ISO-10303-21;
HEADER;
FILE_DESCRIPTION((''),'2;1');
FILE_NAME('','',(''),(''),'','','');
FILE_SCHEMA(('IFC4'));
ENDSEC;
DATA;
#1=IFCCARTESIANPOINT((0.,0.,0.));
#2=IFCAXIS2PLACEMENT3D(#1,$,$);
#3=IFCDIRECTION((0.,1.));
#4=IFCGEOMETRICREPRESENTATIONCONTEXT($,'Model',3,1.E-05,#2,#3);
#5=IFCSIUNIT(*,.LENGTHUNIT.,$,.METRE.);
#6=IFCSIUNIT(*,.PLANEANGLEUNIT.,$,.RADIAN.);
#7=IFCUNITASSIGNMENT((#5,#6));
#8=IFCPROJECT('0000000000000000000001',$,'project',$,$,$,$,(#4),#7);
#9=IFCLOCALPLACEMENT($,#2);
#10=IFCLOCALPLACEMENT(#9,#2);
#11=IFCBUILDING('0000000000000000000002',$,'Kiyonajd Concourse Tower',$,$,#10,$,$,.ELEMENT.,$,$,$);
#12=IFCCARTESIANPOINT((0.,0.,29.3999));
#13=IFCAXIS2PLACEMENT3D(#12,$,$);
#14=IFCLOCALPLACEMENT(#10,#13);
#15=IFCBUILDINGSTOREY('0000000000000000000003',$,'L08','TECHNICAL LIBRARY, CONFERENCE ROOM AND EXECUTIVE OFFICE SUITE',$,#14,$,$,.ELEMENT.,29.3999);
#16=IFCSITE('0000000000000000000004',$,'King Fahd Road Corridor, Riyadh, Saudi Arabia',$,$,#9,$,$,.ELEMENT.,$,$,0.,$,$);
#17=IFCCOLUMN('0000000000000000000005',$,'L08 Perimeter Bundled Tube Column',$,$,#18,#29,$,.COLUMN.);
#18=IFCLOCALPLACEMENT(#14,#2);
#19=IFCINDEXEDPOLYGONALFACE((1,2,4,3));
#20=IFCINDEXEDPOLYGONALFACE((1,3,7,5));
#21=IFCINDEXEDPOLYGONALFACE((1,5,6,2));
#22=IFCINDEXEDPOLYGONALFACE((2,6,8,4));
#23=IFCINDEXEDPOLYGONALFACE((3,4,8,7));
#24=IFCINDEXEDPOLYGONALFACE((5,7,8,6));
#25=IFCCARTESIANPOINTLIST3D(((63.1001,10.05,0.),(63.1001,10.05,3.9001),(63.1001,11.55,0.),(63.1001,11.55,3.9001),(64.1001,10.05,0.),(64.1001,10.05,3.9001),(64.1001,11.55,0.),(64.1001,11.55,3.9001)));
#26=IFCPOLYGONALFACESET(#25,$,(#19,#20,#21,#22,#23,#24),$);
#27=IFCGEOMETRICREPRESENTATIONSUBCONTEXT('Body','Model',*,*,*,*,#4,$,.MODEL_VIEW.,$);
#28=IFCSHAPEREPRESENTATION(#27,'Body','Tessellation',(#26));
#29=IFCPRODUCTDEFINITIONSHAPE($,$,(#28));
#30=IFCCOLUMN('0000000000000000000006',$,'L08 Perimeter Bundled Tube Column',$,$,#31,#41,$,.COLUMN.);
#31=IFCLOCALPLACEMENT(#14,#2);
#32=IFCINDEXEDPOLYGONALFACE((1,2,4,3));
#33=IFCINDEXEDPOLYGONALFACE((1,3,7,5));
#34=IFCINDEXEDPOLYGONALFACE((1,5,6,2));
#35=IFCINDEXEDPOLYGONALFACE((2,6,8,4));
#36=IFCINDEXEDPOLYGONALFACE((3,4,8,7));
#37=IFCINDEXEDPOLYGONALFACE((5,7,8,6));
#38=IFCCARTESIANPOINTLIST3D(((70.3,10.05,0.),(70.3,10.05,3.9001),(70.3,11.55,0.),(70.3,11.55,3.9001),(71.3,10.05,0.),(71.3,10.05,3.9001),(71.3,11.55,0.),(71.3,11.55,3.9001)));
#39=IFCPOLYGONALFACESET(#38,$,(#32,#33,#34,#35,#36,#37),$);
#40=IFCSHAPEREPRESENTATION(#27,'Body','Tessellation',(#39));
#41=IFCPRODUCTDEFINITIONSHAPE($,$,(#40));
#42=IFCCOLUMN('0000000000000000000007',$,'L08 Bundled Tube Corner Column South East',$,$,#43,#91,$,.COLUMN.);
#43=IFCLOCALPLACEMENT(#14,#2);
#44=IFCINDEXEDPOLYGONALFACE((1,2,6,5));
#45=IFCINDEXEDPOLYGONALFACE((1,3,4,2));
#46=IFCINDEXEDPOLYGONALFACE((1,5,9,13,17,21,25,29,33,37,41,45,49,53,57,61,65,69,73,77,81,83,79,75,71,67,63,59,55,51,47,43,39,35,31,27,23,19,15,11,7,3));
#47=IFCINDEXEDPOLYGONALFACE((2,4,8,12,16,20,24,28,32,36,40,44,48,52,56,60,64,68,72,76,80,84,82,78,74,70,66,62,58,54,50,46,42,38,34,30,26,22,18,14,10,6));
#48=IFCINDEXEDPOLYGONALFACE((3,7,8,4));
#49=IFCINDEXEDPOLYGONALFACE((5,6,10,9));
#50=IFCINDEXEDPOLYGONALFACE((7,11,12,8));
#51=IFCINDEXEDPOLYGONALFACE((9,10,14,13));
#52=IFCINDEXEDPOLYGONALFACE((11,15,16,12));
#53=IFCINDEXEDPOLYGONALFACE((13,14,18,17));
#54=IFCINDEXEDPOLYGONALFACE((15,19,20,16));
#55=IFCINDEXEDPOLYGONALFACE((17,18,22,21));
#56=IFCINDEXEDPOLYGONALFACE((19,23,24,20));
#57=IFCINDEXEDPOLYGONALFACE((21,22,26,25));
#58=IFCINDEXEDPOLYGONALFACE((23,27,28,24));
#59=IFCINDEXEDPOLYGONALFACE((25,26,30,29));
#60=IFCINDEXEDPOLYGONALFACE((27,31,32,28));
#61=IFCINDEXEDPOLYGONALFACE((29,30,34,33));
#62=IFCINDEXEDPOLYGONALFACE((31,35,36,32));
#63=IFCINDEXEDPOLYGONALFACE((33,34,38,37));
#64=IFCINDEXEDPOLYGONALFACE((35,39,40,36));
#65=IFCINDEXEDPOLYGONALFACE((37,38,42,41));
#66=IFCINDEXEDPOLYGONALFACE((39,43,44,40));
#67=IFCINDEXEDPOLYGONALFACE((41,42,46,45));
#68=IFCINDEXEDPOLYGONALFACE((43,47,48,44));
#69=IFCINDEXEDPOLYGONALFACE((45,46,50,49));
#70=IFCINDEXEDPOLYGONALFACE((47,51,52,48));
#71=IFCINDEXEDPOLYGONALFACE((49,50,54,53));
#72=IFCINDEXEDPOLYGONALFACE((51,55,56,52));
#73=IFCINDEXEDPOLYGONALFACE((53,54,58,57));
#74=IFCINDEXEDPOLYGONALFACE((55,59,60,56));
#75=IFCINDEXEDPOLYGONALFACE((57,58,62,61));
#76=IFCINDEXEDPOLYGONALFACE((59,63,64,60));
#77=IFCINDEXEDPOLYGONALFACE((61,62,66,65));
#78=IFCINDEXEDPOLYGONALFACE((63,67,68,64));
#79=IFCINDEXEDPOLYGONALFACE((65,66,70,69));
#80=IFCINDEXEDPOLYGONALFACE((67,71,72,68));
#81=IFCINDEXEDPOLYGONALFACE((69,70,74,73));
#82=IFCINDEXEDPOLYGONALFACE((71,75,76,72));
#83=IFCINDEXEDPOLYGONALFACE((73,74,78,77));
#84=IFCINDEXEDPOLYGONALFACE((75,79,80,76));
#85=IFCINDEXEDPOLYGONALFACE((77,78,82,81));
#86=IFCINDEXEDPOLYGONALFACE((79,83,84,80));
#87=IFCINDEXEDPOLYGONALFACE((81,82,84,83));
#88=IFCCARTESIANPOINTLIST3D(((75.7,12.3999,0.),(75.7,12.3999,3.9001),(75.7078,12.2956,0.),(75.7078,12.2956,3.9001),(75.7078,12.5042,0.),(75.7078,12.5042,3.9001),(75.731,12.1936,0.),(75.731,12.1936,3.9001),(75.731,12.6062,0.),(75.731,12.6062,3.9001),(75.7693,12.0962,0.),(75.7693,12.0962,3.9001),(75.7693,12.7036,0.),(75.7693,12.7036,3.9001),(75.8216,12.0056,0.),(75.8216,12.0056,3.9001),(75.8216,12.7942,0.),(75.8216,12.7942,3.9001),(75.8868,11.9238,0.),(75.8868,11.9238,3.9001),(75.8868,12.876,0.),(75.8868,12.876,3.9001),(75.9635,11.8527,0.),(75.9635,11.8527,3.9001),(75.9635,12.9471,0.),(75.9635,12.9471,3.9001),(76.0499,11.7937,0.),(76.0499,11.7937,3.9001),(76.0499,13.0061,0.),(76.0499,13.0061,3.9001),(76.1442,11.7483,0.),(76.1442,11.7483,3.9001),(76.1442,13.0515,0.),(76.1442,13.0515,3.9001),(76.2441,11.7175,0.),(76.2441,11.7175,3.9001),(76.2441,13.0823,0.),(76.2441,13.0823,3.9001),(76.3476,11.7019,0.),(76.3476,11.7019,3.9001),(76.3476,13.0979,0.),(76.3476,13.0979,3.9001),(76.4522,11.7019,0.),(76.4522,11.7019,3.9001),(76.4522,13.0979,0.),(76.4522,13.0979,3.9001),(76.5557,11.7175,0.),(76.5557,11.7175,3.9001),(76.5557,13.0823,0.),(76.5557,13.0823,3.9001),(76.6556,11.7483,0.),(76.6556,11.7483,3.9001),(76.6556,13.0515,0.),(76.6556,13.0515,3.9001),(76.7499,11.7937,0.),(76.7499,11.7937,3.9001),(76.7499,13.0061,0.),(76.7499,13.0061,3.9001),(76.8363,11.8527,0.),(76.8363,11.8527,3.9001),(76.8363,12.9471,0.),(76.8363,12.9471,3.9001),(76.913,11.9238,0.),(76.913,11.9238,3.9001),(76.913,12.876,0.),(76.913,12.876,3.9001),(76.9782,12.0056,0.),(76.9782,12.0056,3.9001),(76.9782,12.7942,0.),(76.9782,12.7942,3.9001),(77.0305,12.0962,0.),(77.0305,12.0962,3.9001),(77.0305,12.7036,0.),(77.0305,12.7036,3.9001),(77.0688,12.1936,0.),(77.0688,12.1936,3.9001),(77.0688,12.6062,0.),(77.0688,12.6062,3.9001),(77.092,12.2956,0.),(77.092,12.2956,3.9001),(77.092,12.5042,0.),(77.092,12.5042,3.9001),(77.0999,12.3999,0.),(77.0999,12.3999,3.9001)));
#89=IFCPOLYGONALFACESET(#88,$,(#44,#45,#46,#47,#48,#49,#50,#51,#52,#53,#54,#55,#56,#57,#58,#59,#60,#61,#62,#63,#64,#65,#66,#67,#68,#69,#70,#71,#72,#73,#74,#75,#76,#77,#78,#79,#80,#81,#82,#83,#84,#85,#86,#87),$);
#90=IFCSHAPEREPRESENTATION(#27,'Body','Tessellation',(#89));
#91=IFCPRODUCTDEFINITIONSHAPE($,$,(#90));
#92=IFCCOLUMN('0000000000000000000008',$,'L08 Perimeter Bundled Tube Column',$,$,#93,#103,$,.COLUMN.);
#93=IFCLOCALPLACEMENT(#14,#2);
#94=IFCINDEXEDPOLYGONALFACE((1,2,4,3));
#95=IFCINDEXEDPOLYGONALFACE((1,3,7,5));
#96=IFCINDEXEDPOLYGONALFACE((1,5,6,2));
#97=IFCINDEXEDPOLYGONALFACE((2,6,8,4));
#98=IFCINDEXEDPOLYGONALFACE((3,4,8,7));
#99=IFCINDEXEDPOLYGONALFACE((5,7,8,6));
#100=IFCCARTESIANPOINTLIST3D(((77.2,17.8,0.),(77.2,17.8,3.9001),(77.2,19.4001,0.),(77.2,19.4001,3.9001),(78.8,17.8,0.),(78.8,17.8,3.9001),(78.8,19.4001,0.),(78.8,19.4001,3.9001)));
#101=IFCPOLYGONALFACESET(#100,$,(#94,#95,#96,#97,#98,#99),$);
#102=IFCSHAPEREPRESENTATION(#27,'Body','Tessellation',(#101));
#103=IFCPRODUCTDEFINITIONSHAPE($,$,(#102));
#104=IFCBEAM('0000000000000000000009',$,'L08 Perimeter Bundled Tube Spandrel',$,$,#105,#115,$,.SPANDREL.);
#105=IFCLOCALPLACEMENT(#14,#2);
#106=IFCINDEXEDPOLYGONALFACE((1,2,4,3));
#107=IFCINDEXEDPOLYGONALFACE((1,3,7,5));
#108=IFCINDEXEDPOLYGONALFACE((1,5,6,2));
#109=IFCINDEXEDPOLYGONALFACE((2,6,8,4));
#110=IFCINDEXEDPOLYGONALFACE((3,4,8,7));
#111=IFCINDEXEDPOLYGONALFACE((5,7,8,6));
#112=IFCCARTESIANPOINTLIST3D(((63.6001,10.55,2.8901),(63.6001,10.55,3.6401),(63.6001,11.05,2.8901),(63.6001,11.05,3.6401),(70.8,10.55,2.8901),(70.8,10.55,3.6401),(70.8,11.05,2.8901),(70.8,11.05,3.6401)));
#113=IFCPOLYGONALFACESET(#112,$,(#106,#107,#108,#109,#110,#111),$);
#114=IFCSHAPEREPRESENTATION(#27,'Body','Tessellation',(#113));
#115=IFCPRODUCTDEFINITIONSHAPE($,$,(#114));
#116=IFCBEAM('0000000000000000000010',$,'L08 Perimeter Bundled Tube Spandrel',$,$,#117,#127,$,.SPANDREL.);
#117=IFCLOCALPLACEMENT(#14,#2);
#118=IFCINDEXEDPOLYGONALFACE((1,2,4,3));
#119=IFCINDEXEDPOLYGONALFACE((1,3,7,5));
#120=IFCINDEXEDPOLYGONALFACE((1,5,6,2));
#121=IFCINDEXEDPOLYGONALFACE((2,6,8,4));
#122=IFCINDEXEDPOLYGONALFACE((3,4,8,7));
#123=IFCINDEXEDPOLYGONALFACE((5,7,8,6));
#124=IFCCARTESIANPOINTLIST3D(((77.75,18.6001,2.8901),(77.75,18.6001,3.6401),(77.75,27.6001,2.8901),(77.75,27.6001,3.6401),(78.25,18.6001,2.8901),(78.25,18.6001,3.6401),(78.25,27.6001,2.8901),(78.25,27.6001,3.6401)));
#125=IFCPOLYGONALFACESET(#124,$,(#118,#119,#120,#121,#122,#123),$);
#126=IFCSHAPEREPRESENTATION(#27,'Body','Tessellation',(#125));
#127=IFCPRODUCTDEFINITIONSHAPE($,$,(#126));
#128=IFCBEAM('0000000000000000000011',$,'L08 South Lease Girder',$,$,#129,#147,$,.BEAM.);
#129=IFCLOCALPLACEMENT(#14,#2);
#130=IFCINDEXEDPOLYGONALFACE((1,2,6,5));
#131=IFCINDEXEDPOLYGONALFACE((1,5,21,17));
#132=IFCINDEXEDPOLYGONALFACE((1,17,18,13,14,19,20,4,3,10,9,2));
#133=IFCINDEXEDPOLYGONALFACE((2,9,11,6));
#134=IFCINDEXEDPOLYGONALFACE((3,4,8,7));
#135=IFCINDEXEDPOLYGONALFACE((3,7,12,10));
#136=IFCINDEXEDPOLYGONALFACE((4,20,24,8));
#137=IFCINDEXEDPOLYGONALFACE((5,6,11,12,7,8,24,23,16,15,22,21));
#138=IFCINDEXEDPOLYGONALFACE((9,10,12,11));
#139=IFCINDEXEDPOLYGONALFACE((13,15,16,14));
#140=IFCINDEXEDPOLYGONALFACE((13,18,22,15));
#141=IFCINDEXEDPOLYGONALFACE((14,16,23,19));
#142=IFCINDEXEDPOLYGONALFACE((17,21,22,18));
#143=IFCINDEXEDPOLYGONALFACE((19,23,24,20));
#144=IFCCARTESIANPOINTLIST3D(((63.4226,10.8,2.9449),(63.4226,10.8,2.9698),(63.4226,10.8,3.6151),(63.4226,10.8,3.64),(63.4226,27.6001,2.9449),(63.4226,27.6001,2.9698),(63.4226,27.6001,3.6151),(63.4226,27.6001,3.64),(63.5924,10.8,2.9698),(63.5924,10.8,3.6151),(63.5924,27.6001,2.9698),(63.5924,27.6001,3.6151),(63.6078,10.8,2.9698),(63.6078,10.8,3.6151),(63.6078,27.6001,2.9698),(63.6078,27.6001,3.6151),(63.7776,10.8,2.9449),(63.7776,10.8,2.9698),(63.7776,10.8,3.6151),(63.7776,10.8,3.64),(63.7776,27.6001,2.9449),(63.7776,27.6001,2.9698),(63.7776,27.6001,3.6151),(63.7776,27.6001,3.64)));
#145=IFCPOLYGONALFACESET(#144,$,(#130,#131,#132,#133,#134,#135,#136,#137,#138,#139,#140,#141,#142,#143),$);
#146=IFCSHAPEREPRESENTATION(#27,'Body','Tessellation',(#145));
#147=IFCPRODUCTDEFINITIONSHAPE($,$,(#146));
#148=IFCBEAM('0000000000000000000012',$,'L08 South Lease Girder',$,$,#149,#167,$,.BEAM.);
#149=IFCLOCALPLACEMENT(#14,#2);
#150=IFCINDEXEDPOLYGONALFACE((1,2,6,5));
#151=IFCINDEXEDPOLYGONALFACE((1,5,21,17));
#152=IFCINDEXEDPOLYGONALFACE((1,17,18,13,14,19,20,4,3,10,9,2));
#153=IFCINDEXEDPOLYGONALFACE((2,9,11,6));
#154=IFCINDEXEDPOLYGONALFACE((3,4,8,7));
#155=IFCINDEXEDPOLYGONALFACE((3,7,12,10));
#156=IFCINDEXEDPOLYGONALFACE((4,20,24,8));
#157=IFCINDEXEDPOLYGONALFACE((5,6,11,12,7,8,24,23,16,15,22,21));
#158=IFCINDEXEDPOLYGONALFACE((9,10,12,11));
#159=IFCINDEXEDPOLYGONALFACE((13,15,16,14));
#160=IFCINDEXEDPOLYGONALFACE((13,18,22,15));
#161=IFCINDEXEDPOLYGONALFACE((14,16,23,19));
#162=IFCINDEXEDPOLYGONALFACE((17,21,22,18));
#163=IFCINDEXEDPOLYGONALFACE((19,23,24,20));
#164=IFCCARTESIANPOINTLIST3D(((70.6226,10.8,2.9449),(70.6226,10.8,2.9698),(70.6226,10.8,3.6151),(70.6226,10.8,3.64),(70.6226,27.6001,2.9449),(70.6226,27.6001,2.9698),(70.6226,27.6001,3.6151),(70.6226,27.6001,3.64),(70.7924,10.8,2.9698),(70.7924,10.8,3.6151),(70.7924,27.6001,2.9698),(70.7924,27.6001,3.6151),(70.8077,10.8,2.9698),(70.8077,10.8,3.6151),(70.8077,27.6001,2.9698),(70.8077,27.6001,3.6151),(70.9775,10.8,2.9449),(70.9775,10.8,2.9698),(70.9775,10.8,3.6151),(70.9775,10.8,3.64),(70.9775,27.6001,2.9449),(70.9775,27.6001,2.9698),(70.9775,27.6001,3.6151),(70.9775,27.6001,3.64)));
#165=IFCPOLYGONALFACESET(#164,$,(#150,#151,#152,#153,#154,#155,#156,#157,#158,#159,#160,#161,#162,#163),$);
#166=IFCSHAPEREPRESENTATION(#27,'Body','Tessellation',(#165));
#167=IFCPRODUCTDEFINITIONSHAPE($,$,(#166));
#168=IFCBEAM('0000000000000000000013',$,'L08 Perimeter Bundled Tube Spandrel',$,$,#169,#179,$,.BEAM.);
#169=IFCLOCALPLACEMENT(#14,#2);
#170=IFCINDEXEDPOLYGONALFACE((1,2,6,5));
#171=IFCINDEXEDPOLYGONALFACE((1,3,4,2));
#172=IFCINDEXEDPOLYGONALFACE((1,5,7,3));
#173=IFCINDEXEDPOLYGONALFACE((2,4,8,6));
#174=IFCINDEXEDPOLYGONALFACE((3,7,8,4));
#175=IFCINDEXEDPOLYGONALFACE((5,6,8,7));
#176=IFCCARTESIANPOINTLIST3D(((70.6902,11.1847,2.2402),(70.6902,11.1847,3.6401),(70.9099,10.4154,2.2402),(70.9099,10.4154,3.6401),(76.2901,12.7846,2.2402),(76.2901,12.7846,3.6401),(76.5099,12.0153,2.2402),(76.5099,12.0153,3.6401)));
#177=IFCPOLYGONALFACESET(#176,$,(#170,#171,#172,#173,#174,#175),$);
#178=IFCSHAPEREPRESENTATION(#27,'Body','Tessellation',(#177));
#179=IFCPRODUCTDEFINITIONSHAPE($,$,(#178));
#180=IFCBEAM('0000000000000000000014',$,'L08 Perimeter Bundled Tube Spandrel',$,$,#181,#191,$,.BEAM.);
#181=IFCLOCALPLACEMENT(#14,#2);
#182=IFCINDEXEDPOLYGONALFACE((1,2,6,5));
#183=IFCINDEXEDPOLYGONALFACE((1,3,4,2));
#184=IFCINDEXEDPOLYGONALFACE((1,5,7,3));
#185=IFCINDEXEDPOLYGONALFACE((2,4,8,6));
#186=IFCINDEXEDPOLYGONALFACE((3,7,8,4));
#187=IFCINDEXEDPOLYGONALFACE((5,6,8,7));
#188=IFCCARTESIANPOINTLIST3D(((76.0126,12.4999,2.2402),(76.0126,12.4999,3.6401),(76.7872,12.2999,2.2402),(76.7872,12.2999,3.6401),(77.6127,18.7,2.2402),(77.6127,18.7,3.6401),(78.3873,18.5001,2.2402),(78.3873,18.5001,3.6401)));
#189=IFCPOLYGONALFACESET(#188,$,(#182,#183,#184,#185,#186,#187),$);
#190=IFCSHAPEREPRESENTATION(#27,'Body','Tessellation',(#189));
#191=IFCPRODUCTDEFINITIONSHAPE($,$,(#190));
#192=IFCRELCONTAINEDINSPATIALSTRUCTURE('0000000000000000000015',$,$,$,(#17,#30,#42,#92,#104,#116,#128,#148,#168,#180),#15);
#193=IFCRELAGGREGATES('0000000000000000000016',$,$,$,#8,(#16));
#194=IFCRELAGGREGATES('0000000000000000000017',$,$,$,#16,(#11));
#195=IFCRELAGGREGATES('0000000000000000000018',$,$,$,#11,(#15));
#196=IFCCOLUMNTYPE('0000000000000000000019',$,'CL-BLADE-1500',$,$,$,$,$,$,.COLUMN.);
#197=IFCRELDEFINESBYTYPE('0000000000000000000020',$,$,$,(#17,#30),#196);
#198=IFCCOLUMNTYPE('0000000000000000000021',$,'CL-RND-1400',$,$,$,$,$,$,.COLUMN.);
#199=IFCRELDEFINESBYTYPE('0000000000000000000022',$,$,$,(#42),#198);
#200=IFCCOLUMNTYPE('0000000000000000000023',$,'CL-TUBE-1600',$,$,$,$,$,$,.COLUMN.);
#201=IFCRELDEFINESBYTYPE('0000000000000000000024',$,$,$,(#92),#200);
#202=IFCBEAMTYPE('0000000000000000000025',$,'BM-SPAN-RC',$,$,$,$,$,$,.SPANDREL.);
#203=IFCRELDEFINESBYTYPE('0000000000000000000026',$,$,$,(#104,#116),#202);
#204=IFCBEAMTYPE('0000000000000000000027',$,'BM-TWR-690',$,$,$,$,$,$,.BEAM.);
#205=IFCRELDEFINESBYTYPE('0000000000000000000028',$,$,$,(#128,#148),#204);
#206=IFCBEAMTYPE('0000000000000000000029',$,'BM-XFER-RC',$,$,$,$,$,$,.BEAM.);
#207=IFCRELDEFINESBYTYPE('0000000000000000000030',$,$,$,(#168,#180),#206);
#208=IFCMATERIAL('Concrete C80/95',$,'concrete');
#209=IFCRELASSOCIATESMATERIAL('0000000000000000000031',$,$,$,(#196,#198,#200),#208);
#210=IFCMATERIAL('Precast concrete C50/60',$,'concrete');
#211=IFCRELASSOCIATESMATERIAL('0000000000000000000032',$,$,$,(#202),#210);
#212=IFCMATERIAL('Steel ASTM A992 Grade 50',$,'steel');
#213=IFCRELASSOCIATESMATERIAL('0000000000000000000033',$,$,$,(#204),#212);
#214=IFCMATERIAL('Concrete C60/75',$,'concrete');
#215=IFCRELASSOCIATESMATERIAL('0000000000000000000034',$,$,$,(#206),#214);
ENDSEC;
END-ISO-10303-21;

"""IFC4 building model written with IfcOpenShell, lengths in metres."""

from ifc_helpers import new_model, si_unit, direction, frame, origin, origin_2d, place, context, subcontext, project, spatial, rectangle, circle, i_section, extrude, material, material_profile, profile_set, type_object, element, save


model = new_model("IFC4")

# Units and contexts
model_context = context("Model", 3, precision=1e-05, world=origin(), true_north=direction((0.0, 1.0)))
body_context = subcontext(model_context, "Body", "Model", "MODEL_VIEW")
ifc_project = project(units=[si_unit("LENGTHUNIT", "METRE"), si_unit("PLANEANGLEUNIT", "RADIAN")], contexts=[model_context])

# Site, building, storey
site_placement = place(None, origin())
site = spatial("IfcSite", under=ifc_project, at=site_placement, Name="King Fahd Road Corridor, Riyadh, Saudi Arabia", CompositionType="ELEMENT", RefElevation=0.0)
building_placement = place(site_placement, origin())
building = spatial("IfcBuilding", under=site, at=building_placement, Name="Kiyonajd Concourse Tower", CompositionType="ELEMENT")
storey_placement = place(building_placement, frame((0.0, 0.0, 29.3999)))
storey = spatial("IfcBuildingStorey", under=building, at=storey_placement, Name="L08", Description="TECHNICAL LIBRARY, CONFERENCE ROOM AND EXECUTIVE OFFICE SUITE", CompositionType="ELEMENT", Elevation=29.3999)

# Columns
ifc_material_1 = material(Name="Concrete C80/95", Category="concrete")
ifc_material_profile_1 = material_profile(ifc_material_1, rectangle(XDim=1.0, YDim=1.5, at=origin_2d()), Name="RC-1500x1000")
ifc_profile_set_1 = profile_set([ifc_material_profile_1], Name="Concrete C80/95")
column_type_1 = type_object("IfcColumnType", Name="CL-BLADE-1500", PredefinedType="COLUMN", material=ifc_profile_set_1)
for number, where, z_axis, x_axis, name in (
    (1, (63.6001, 10.8, 0.0), (0.0, 0.0, 1.0), (1.0, 0.0, 0.0), "L08 Perimeter Bundled Tube Column"),
    (2, (70.8, 10.8, 0.0), (0.0, 0.0, 1.0), (1.0, 0.0, 0.0), "L08 Perimeter Bundled Tube Column"),
):
    element("IfcColumn", number, at=place(storey_placement, frame(where, z_axis=z_axis, x_axis=x_axis)), inside=storey, type_object=column_type_1, Name=name, PredefinedType="COLUMN", context=body_context, shape_type="SweptSolid", body=[
        extrude(rectangle(XDim=1.0, YDim=1.5, at=origin_2d()), origin(), (0.0, 0.0, 1.0), 3.9001),
    ])
ifc_material_profile_2 = material_profile(ifc_material_1, circle(Radius=0.7, at=origin_2d()), Name="RCC-D1400")
ifc_profile_set_2 = profile_set([ifc_material_profile_2], Name="Concrete C80/95")
column_type_2 = type_object("IfcColumnType", Name="CL-RND-1400", PredefinedType="COLUMN", material=ifc_profile_set_2)
column_1_placement = place(storey_placement, frame((76.3999, 12.3999, 0.0), z_axis=(0.0, 0.0, 1.0), x_axis=(1.0, 0.0, 0.0)))
element("IfcColumn", 3, at=column_1_placement, inside=storey, type_object=column_type_2, Name="L08 Bundled Tube Corner Column South East", PredefinedType="COLUMN", context=body_context, shape_type="SweptSolid", body=[
    extrude(circle(Radius=0.7, at=origin_2d()), origin(), (0.0, 0.0, 1.0), 3.9001),
])
ifc_material_profile_3 = material_profile(ifc_material_1, rectangle(XDim=1.6001, YDim=1.6001, at=origin_2d()), Name="RC-1600x1600")
ifc_profile_set_3 = profile_set([ifc_material_profile_3], Name="Concrete C80/95")
column_type_3 = type_object("IfcColumnType", Name="CL-TUBE-1600", PredefinedType="COLUMN", material=ifc_profile_set_3)
column_2_placement = place(storey_placement, frame((78.0, 18.6001, 0.0), z_axis=(0.0, 0.0, 1.0), x_axis=(1.0, 0.0, 0.0)))
element("IfcColumn", 4, at=column_2_placement, inside=storey, type_object=column_type_3, Name="L08 Perimeter Bundled Tube Column", PredefinedType="COLUMN", context=body_context, shape_type="SweptSolid", body=[
    extrude(rectangle(XDim=1.6001, YDim=1.6001, at=origin_2d()), origin(), (0.0, 0.0, 1.0), 3.9001),
])

# Beams
ifc_material_2 = material(Name="Precast concrete C50/60", Category="concrete")
ifc_material_profile_4 = material_profile(ifc_material_2, rectangle(XDim=0.5, YDim=0.75, at=origin_2d()), Name="RCBM-500x750")
ifc_profile_set_4 = profile_set([ifc_material_profile_4], Name="Precast concrete C50/60")
beam_type_1 = type_object("IfcBeamType", Name="BM-SPAN-RC", PredefinedType="SPANDREL", material=ifc_profile_set_4)
beam_1_placement = place(storey_placement, frame((63.6001, 10.8, 3.2651), z_axis=(1.0, 0.0, 0.0), x_axis=(0.0, 1.0, 0.0)))
element("IfcBeam", 5, at=beam_1_placement, inside=storey, type_object=beam_type_1, Name="L08 Perimeter Bundled Tube Spandrel", PredefinedType="SPANDREL", context=body_context, shape_type="SweptSolid", body=[
    extrude(rectangle(XDim=0.5, YDim=0.75, at=origin_2d()), origin(), (0.0, 0.0, 1.0), 7.2),
])
beam_2_placement = place(storey_placement, frame((78.0, 18.6001, 3.2651), z_axis=(0.0, 1.0, 0.0), x_axis=(-1.0, 0.0, 0.0)))
element("IfcBeam", 6, at=beam_2_placement, inside=storey, type_object=beam_type_1, Name="L08 Perimeter Bundled Tube Spandrel", PredefinedType="SPANDREL", context=body_context, shape_type="SweptSolid", body=[
    extrude(rectangle(XDim=0.5, YDim=0.75, at=origin_2d()), origin(), (0.0, 0.0, 1.0), 9.0),
])
ifc_material_3 = material(Name="Steel ASTM A992 Grade 50", Category="steel")
ifc_material_profile_5 = material_profile(ifc_material_3, i_section(OverallWidth=0.355, OverallDepth=0.6951, WebThickness=0.0154, FlangeThickness=0.0249, at=origin_2d()), Name="W690X217")
ifc_profile_set_5 = profile_set([ifc_material_profile_5], Name="Steel ASTM A992 Grade 50")
beam_type_2 = type_object("IfcBeamType", Name="BM-TWR-690", PredefinedType="BEAM", material=ifc_profile_set_5)
for number, where, z_axis, x_axis, name in (
    (7, (63.6001, 10.8, 3.2925), (0.0, 1.0, 0.0), (-1.0, 0.0, 0.0), "L08 South Lease Girder"),
    (8, (70.8, 10.8, 3.2925), (0.0, 1.0, 0.0), (-1.0, 0.0, 0.0), "L08 South Lease Girder"),
):
    element("IfcBeam", number, at=place(storey_placement, frame(where, z_axis=z_axis, x_axis=x_axis)), inside=storey, type_object=beam_type_2, Name=name, PredefinedType="BEAM", context=body_context, shape_type="SweptSolid", body=[
        extrude(i_section(OverallWidth=0.355, OverallDepth=0.6951, WebThickness=0.0154, FlangeThickness=0.0249, at=origin_2d()), origin(), (0.0, 0.0, 1.0), 16.8),
    ])
ifc_material_4 = material(Name="Concrete C60/75", Category="concrete")
ifc_material_profile_6 = material_profile(ifc_material_4, rectangle(XDim=0.8, YDim=1.3999, at=origin_2d()), Name="RCBM-800x1400")
ifc_profile_set_6 = profile_set([ifc_material_profile_6], Name="Concrete C60/75")
beam_type_3 = type_object("IfcBeamType", Name="BM-XFER-RC", PredefinedType="BEAM", material=ifc_profile_set_6)
beam_3_placement = place(storey_placement, frame((70.8, 10.8, 2.9402), z_axis=(0.961529, 0.274705, 0.0), x_axis=(-0.274705, 0.961529, 0.0)))
element("IfcBeam", 9, at=beam_3_placement, inside=storey, type_object=beam_type_3, Name="L08 Perimeter Bundled Tube Spandrel", PredefinedType="BEAM", context=body_context, shape_type="SweptSolid", body=[
    extrude(rectangle(XDim=0.8, YDim=1.3999, at=origin_2d()), origin(), (0.0, 0.0, 1.0), 5.824),
])
beam_4_placement = place(storey_placement, frame((76.3999, 12.3999, 2.9402), z_axis=(0.249885, 0.968276, 0.0), x_axis=(-0.968276, 0.249885, 0.0)))
element("IfcBeam", 10, at=beam_4_placement, inside=storey, type_object=beam_type_3, Name="L08 Perimeter Bundled Tube Spandrel", PredefinedType="BEAM", context=body_context, shape_type="SweptSolid", body=[
    extrude(rectangle(XDim=0.8, YDim=1.3999, at=origin_2d()), origin(), (0.0, 0.0, 1.0), 6.4033),
])

save(model, "model.ifc")
